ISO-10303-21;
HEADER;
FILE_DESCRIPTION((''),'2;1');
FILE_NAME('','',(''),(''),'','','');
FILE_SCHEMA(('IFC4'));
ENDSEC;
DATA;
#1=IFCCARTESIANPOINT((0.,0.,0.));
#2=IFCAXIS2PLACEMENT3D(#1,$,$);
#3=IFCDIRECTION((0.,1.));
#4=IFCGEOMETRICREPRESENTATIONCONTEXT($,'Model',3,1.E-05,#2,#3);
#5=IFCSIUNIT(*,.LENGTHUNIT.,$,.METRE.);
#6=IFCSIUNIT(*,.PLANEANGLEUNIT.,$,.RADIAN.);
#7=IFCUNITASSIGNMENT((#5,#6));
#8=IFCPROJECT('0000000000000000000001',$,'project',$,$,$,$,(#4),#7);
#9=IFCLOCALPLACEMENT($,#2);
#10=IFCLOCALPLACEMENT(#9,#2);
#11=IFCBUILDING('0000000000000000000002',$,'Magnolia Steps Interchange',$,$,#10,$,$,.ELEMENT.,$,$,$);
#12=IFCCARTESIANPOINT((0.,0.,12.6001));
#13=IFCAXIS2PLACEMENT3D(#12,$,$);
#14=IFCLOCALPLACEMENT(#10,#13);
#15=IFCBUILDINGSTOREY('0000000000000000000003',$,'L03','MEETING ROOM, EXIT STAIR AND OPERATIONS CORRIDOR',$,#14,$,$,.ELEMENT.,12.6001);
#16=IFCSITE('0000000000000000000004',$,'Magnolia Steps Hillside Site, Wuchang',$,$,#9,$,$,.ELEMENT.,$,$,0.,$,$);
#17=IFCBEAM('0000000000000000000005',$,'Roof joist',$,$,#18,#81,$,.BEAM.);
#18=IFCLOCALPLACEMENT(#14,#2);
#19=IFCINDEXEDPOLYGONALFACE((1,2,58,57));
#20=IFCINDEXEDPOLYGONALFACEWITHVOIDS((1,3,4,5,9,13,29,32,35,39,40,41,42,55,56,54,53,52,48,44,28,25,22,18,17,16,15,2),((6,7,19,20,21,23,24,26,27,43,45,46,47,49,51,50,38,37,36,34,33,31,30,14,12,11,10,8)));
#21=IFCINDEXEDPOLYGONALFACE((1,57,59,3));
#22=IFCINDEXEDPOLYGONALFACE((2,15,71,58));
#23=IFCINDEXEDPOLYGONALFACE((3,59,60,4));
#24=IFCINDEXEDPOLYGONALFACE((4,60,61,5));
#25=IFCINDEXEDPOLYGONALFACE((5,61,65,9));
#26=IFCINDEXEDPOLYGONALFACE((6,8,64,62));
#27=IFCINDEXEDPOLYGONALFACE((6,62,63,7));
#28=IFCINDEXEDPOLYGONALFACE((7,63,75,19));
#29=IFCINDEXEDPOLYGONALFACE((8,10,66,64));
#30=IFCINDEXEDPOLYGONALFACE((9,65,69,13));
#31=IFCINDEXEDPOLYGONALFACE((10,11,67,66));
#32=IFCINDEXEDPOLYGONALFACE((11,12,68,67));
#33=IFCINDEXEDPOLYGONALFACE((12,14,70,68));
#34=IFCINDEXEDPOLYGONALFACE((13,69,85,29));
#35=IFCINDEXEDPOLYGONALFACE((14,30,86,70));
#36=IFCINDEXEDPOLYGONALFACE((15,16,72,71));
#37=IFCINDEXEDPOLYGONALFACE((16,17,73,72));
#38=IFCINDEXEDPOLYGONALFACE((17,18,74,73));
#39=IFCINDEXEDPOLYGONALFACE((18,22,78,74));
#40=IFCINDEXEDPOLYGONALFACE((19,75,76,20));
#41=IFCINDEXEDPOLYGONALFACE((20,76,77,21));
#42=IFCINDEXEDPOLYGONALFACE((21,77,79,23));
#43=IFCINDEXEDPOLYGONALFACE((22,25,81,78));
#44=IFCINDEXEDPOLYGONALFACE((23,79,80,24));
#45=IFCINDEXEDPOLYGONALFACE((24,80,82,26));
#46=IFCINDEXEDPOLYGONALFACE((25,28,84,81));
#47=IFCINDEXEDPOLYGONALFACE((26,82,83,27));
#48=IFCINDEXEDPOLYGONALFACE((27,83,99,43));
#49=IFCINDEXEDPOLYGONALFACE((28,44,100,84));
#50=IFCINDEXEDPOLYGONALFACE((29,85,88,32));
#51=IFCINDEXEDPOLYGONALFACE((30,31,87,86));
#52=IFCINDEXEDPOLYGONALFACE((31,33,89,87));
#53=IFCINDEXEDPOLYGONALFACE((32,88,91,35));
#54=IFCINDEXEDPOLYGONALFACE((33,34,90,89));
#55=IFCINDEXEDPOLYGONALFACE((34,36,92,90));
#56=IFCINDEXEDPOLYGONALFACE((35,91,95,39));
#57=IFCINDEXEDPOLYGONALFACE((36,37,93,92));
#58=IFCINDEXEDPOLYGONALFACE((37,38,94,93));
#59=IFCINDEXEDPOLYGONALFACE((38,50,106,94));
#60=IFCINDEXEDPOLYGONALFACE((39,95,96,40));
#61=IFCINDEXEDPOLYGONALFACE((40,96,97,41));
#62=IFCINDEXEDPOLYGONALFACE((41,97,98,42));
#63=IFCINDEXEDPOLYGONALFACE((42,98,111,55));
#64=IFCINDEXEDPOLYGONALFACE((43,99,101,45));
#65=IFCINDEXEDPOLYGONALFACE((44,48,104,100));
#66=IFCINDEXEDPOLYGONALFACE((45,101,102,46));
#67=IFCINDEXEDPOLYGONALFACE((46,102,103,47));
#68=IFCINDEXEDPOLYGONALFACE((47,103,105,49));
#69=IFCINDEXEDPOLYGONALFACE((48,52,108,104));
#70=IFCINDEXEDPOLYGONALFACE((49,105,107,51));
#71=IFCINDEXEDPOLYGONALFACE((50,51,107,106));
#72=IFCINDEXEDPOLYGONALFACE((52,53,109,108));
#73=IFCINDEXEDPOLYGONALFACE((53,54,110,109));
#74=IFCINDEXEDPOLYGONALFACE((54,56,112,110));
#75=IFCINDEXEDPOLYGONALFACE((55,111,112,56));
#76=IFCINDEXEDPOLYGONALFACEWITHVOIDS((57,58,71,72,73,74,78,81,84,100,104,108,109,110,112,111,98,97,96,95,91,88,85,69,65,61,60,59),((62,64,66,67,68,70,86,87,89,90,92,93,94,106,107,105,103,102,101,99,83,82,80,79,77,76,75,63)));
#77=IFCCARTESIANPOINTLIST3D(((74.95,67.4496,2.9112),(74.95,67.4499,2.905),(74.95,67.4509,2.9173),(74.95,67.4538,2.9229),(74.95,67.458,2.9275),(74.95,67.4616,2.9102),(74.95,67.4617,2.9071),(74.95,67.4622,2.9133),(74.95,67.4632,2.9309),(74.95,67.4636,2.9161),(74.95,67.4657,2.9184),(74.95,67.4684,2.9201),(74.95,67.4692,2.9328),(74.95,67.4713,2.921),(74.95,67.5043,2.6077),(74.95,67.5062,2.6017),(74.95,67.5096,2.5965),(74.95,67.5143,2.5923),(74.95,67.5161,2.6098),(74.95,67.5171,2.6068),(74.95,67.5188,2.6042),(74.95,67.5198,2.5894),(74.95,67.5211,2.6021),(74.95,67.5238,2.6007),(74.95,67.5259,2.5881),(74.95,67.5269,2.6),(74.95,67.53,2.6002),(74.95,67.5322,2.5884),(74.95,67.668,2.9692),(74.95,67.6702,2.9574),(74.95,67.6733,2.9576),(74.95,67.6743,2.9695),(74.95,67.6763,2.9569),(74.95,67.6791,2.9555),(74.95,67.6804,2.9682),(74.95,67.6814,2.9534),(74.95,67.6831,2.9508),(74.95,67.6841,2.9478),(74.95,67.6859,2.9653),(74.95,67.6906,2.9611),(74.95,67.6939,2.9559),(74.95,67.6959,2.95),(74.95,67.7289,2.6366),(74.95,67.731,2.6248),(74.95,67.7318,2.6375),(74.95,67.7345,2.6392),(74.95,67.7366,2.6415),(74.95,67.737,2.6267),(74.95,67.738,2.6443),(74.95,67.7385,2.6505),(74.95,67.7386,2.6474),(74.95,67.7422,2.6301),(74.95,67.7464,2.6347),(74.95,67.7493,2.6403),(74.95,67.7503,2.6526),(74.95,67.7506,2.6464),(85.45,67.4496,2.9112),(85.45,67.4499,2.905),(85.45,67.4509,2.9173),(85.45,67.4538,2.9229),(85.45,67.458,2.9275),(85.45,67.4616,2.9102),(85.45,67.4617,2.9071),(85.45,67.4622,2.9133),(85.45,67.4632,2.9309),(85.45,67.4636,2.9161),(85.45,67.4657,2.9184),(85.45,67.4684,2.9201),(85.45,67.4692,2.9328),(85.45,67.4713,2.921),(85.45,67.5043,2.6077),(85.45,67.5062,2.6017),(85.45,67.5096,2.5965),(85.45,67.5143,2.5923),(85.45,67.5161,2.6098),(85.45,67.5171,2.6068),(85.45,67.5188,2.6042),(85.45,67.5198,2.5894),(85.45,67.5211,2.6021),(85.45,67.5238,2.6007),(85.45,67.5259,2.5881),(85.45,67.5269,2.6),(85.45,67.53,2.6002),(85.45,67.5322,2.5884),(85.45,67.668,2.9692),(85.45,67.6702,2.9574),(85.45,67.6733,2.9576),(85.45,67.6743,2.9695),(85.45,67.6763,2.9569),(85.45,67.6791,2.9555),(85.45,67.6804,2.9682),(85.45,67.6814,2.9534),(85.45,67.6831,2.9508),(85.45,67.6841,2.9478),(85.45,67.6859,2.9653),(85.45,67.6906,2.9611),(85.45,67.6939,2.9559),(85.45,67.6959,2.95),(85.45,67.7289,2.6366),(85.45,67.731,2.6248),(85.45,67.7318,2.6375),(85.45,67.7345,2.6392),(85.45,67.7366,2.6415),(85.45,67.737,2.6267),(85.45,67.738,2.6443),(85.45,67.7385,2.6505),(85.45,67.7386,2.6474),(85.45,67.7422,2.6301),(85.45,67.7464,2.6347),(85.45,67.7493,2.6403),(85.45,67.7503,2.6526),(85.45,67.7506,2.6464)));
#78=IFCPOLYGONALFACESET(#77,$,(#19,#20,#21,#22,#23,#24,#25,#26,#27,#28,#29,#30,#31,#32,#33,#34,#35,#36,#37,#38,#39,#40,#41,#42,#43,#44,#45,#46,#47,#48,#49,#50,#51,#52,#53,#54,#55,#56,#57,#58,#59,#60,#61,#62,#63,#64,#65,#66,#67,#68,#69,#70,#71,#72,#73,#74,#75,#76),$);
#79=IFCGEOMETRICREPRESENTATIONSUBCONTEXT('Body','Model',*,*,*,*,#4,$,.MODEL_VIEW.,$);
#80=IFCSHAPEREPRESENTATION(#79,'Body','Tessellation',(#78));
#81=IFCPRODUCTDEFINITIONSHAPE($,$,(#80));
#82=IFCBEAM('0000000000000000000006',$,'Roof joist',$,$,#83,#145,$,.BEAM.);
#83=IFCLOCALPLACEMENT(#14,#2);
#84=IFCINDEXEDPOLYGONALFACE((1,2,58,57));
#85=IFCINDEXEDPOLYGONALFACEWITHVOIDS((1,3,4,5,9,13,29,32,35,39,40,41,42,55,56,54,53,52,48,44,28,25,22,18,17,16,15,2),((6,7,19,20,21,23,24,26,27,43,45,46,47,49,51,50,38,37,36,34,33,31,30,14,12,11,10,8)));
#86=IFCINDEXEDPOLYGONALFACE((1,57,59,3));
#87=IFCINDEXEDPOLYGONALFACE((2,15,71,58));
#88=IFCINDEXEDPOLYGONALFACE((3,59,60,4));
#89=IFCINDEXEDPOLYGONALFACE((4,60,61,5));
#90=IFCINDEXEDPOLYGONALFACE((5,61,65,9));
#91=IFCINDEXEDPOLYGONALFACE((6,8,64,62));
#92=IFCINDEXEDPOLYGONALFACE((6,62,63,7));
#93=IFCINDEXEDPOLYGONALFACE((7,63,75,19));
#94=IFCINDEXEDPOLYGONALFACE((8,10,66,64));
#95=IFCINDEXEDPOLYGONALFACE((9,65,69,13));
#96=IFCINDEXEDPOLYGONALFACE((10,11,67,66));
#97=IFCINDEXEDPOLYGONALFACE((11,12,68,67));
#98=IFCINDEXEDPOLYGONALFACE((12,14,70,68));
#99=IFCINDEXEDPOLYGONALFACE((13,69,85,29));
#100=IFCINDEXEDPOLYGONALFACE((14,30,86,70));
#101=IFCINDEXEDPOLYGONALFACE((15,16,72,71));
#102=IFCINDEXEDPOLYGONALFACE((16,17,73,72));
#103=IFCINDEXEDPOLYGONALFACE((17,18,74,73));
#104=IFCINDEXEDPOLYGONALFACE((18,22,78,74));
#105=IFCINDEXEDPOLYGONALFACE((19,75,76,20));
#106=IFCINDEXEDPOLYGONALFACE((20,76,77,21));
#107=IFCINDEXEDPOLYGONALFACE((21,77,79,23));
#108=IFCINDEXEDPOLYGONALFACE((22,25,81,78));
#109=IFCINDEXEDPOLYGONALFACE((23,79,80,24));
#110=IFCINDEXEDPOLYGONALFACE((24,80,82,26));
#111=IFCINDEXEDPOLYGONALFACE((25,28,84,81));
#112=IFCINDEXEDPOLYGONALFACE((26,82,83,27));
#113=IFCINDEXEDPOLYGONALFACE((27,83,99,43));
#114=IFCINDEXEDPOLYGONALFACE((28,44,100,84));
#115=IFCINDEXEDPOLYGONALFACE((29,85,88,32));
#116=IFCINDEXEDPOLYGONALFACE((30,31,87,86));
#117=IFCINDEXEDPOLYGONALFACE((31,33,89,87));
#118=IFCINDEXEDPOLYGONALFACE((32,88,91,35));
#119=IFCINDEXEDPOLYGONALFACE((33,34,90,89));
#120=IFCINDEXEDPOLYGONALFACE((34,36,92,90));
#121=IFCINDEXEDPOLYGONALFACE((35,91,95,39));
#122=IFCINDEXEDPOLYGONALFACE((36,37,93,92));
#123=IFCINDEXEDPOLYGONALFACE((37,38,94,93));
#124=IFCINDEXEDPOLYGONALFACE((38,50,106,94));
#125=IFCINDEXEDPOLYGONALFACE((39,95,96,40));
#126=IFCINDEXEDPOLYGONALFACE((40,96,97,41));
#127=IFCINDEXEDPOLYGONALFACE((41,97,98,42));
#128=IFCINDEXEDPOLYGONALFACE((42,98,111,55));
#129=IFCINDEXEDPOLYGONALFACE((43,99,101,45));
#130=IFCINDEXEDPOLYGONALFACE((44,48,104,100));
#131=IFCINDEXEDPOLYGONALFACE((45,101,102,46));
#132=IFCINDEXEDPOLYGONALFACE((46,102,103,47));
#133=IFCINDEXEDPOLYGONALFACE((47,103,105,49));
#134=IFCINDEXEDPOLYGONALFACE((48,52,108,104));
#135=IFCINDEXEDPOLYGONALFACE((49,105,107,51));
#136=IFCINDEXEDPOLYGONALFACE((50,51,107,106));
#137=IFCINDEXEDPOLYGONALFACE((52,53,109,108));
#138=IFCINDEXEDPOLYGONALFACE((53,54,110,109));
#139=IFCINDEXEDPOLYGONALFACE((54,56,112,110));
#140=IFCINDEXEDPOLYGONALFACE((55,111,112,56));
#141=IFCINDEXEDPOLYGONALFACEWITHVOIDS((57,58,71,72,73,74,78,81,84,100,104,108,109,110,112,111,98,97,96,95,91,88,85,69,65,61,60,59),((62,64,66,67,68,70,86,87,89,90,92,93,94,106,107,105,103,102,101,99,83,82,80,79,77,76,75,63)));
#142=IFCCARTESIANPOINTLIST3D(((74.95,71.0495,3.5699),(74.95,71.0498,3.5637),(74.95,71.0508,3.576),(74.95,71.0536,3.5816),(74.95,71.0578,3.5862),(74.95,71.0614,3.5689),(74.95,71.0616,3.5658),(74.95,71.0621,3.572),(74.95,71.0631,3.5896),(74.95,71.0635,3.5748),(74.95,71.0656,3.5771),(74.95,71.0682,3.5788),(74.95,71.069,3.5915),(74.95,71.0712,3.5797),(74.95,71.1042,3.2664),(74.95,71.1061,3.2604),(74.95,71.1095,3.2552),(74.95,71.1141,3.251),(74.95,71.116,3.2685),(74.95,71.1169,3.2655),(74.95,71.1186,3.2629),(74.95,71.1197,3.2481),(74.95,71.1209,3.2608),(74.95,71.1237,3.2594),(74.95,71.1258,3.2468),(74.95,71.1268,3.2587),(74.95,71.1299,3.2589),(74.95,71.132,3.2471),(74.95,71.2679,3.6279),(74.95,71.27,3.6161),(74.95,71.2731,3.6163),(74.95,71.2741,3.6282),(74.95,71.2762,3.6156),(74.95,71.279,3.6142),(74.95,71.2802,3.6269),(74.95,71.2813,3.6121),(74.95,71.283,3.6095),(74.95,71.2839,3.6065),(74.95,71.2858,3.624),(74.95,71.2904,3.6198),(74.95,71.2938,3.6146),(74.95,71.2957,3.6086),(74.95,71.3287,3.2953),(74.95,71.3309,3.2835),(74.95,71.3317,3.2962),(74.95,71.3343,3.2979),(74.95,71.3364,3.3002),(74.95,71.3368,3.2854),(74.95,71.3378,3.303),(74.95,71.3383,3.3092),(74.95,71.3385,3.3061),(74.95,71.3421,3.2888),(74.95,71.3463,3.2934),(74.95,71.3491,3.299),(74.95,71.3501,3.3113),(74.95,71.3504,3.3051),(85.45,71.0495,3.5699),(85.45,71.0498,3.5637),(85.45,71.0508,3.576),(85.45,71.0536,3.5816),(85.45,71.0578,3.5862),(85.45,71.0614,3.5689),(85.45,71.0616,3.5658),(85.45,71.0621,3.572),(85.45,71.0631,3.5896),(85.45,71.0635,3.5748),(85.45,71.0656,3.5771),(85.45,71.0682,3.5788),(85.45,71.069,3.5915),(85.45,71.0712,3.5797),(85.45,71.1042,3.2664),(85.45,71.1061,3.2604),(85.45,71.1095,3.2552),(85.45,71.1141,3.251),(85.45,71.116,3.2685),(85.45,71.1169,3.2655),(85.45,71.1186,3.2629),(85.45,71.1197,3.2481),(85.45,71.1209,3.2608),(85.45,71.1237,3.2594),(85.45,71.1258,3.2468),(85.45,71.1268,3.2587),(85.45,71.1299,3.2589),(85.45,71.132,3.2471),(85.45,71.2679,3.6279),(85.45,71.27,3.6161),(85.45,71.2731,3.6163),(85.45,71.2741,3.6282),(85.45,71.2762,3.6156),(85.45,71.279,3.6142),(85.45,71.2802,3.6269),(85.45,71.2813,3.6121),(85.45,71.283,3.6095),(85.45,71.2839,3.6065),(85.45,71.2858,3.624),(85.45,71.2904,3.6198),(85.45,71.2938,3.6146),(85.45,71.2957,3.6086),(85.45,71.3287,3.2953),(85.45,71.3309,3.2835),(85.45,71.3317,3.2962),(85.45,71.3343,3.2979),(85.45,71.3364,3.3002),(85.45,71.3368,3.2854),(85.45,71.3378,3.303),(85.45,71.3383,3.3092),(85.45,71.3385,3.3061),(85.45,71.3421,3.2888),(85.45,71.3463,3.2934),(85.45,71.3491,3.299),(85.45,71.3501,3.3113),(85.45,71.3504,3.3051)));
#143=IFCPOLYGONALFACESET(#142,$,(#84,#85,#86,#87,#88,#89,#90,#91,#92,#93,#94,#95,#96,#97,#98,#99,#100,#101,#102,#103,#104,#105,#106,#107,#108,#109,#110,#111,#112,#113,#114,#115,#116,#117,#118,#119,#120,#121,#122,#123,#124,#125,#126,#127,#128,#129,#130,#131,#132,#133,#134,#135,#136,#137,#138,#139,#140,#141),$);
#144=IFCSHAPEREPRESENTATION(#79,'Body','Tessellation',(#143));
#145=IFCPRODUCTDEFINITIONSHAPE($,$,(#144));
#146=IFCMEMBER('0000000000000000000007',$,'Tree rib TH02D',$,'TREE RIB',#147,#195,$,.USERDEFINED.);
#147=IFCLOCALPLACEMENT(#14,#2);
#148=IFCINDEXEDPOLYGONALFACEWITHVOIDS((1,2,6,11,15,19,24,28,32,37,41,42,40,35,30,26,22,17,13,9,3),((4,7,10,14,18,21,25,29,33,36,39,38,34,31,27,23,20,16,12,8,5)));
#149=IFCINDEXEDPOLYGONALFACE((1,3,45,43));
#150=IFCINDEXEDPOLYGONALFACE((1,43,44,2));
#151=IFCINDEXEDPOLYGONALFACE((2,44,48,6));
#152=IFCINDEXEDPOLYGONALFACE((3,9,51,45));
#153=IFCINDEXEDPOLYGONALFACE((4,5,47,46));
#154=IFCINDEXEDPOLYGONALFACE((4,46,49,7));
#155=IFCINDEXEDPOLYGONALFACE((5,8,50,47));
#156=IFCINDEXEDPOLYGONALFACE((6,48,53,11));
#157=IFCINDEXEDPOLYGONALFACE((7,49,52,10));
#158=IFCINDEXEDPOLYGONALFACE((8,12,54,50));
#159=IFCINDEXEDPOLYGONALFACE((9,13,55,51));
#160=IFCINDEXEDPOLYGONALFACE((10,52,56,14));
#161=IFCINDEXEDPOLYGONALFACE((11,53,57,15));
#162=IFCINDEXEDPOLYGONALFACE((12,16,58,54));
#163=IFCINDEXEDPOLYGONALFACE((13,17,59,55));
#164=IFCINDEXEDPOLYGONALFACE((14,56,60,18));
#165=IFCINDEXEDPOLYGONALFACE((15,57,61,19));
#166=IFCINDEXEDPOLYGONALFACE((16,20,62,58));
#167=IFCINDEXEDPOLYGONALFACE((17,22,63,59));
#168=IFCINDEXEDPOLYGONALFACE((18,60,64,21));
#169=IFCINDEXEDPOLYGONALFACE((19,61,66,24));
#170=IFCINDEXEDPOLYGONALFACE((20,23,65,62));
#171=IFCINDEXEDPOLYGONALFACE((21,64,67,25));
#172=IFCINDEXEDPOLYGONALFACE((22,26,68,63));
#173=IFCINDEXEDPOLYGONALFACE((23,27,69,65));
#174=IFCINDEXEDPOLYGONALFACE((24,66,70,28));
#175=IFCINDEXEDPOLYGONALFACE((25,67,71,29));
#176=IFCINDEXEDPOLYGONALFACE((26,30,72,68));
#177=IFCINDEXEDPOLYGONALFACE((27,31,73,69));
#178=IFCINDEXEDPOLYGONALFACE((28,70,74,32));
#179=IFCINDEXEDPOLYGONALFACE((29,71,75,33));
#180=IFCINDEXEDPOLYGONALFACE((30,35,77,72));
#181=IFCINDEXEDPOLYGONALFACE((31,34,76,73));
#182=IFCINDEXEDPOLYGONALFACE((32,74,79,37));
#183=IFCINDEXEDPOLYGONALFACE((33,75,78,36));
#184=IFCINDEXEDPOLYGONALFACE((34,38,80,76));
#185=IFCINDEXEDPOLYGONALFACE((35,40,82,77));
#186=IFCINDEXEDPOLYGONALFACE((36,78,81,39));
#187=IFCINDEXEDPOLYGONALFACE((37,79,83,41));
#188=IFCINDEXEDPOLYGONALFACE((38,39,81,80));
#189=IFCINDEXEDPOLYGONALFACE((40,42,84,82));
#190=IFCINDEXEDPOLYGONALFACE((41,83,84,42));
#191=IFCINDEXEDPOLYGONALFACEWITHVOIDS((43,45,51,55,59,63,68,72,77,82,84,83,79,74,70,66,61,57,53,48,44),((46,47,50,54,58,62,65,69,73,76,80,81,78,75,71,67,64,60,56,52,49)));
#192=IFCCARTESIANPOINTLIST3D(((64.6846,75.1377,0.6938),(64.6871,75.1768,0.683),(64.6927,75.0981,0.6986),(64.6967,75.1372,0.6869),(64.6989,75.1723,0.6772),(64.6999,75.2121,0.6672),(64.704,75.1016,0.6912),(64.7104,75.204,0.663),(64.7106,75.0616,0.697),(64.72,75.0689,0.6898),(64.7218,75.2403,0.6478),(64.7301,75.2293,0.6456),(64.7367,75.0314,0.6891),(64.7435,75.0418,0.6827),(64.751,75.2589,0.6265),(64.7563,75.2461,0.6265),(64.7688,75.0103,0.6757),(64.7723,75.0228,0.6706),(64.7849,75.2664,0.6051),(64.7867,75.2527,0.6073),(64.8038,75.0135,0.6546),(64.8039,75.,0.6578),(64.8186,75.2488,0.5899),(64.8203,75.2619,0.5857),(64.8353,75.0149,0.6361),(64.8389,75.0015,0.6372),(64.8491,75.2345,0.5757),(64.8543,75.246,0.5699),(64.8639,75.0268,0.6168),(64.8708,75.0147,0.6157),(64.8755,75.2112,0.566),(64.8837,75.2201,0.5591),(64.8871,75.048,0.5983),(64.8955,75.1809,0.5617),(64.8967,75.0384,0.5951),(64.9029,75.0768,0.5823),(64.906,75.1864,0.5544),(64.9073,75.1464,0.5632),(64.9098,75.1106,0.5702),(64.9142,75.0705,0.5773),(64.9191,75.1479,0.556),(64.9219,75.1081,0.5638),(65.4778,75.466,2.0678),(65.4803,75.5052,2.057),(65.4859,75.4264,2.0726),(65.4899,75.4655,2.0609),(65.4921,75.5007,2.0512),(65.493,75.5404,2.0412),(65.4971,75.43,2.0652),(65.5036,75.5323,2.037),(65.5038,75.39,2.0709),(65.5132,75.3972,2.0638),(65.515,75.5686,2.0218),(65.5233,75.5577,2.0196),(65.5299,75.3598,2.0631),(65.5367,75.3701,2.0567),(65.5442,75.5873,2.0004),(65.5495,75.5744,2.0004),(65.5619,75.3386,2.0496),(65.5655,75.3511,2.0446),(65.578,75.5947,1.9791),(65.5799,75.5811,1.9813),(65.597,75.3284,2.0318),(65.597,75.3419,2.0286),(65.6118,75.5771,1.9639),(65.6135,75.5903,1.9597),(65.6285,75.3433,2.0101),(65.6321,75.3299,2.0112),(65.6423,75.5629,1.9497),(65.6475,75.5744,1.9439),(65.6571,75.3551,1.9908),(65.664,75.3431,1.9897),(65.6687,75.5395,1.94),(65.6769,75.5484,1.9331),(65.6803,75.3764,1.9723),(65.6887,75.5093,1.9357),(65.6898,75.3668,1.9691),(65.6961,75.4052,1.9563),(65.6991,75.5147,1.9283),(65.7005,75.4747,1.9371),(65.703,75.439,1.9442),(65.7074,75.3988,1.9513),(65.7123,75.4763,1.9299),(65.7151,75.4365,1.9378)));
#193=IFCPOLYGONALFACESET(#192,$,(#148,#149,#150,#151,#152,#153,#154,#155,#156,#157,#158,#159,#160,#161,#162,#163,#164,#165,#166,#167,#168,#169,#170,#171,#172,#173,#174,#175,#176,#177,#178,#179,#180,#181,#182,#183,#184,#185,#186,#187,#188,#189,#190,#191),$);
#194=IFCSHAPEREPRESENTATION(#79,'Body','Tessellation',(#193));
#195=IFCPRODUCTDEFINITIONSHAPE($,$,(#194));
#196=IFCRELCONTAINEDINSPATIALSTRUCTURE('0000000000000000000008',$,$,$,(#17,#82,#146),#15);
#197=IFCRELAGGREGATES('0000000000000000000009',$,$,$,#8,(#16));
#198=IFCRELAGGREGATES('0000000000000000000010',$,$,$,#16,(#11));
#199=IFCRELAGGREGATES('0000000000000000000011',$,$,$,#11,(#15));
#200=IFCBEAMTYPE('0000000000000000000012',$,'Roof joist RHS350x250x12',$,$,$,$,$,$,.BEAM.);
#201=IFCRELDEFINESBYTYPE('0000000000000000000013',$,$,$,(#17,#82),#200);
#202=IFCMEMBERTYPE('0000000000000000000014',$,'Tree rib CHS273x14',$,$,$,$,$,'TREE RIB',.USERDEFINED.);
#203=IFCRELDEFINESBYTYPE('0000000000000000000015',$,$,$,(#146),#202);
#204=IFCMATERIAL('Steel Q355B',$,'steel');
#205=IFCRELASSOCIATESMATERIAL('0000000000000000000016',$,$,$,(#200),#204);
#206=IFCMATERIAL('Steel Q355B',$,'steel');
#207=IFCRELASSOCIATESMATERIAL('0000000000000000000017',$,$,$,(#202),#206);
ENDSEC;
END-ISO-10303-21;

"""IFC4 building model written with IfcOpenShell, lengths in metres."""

from ifc_helpers import new_model, si_unit, direction, frame, origin, origin_2d, place, context, subcontext, project, spatial, hollow_rectangle, hollow_circle, extrude, material, material_profile, profile_set, type_object, element, save


model = new_model("IFC4")

# Units and contexts
model_context = context("Model", 3, precision=1e-05, world=origin(), true_north=direction((0.0, 1.0)))
body_context = subcontext(model_context, "Body", "Model", "MODEL_VIEW")
ifc_project = project(units=[si_unit("LENGTHUNIT", "METRE"), si_unit("PLANEANGLEUNIT", "RADIAN")], contexts=[model_context])

# Site, building, storey
site_placement = place(None, origin())
site = spatial("IfcSite", under=ifc_project, at=site_placement, Name="Magnolia Steps Hillside Site, Wuchang", CompositionType="ELEMENT", RefElevation=0.0)
building_placement = place(site_placement, origin())
building = spatial("IfcBuilding", under=site, at=building_placement, Name="Magnolia Steps Interchange", CompositionType="ELEMENT")
storey_placement = place(building_placement, frame((0.0, 0.0, 12.6001)))
storey = spatial("IfcBuildingStorey", under=building, at=storey_placement, Name="L03", Description="MEETING ROOM, EXIT STAIR AND OPERATIONS CORRIDOR", CompositionType="ELEMENT", Elevation=12.6001)

# Beams
ifc_material_1 = material(Name="Steel Q355B", Category="steel")
ifc_material_profile_1 = material_profile(ifc_material_1, hollow_rectangle(XDim=0.25, YDim=0.3501, WallThickness=0.012, InnerFilletRadius=0.012, OuterFilletRadius=0.0239, at=origin_2d()), Name="RHS350x250x12")
ifc_profile_set_1 = profile_set([ifc_material_profile_1], Name="Steel Q355B")
beam_type_1 = type_object("IfcBeamType", Name="Roof joist RHS350x250x12", PredefinedType="BEAM", material=ifc_profile_set_1)
for number, where, z_axis, x_axis, name in (
    (1, (74.95, 67.6001, 2.7788), (1.0, 0.0, 0.0), (0.0, 0.983677, 0.179941), "Roof joist"),
    (2, (74.95, 71.2, 3.4375), (1.0, 0.0, 0.0), (0.0, 0.983677, 0.179941), "Roof joist"),
):
    element("IfcBeam", number, at=place(storey_placement, frame(where, z_axis=z_axis, x_axis=x_axis)), inside=storey, type_object=beam_type_1, Name=name, PredefinedType="BEAM", context=body_context, shape_type="SweptSolid", body=[
        extrude(hollow_rectangle(XDim=0.25, YDim=0.3501, WallThickness=0.012, InnerFilletRadius=0.012, OuterFilletRadius=0.0239, at=origin_2d()), origin(), (0.0, 0.0, 1.0), 10.5),
    ])

# Member
ifc_material_2 = material(Name="Steel Q355B", Category="steel")
ifc_material_profile_2 = material_profile(ifc_material_2, hollow_circle(Radius=0.1365, WallThickness=0.0139, at=origin_2d()), Name="CHS273x14")
ifc_profile_set_2 = profile_set([ifc_material_profile_2], Name="Steel Q355B")
member_type = type_object("IfcMemberType", Name="Tree rib CHS273x14", ElementType="TREE RIB", PredefinedType="USERDEFINED", material=ifc_profile_set_2)
member_1_placement = place(storey_placement, frame((64.8032, 75.1328, 0.6265), z_axis=(0.489586, 0.202676, 0.848073), x_axis=(-0.382494, 0.923958, 0.0)))
element("IfcMember", 3, at=member_1_placement, inside=storey, type_object=member_type, Name="Tree rib TH02D", ObjectType="TREE RIB", PredefinedType="USERDEFINED", context=body_context, shape_type="SweptSolid", body=[
    extrude(hollow_circle(Radius=0.1365, WallThickness=0.0139, at=origin_2d()), origin(), (0.0, 0.0, 1.0), 1.6201),
])

save(model, "model.ifc")
